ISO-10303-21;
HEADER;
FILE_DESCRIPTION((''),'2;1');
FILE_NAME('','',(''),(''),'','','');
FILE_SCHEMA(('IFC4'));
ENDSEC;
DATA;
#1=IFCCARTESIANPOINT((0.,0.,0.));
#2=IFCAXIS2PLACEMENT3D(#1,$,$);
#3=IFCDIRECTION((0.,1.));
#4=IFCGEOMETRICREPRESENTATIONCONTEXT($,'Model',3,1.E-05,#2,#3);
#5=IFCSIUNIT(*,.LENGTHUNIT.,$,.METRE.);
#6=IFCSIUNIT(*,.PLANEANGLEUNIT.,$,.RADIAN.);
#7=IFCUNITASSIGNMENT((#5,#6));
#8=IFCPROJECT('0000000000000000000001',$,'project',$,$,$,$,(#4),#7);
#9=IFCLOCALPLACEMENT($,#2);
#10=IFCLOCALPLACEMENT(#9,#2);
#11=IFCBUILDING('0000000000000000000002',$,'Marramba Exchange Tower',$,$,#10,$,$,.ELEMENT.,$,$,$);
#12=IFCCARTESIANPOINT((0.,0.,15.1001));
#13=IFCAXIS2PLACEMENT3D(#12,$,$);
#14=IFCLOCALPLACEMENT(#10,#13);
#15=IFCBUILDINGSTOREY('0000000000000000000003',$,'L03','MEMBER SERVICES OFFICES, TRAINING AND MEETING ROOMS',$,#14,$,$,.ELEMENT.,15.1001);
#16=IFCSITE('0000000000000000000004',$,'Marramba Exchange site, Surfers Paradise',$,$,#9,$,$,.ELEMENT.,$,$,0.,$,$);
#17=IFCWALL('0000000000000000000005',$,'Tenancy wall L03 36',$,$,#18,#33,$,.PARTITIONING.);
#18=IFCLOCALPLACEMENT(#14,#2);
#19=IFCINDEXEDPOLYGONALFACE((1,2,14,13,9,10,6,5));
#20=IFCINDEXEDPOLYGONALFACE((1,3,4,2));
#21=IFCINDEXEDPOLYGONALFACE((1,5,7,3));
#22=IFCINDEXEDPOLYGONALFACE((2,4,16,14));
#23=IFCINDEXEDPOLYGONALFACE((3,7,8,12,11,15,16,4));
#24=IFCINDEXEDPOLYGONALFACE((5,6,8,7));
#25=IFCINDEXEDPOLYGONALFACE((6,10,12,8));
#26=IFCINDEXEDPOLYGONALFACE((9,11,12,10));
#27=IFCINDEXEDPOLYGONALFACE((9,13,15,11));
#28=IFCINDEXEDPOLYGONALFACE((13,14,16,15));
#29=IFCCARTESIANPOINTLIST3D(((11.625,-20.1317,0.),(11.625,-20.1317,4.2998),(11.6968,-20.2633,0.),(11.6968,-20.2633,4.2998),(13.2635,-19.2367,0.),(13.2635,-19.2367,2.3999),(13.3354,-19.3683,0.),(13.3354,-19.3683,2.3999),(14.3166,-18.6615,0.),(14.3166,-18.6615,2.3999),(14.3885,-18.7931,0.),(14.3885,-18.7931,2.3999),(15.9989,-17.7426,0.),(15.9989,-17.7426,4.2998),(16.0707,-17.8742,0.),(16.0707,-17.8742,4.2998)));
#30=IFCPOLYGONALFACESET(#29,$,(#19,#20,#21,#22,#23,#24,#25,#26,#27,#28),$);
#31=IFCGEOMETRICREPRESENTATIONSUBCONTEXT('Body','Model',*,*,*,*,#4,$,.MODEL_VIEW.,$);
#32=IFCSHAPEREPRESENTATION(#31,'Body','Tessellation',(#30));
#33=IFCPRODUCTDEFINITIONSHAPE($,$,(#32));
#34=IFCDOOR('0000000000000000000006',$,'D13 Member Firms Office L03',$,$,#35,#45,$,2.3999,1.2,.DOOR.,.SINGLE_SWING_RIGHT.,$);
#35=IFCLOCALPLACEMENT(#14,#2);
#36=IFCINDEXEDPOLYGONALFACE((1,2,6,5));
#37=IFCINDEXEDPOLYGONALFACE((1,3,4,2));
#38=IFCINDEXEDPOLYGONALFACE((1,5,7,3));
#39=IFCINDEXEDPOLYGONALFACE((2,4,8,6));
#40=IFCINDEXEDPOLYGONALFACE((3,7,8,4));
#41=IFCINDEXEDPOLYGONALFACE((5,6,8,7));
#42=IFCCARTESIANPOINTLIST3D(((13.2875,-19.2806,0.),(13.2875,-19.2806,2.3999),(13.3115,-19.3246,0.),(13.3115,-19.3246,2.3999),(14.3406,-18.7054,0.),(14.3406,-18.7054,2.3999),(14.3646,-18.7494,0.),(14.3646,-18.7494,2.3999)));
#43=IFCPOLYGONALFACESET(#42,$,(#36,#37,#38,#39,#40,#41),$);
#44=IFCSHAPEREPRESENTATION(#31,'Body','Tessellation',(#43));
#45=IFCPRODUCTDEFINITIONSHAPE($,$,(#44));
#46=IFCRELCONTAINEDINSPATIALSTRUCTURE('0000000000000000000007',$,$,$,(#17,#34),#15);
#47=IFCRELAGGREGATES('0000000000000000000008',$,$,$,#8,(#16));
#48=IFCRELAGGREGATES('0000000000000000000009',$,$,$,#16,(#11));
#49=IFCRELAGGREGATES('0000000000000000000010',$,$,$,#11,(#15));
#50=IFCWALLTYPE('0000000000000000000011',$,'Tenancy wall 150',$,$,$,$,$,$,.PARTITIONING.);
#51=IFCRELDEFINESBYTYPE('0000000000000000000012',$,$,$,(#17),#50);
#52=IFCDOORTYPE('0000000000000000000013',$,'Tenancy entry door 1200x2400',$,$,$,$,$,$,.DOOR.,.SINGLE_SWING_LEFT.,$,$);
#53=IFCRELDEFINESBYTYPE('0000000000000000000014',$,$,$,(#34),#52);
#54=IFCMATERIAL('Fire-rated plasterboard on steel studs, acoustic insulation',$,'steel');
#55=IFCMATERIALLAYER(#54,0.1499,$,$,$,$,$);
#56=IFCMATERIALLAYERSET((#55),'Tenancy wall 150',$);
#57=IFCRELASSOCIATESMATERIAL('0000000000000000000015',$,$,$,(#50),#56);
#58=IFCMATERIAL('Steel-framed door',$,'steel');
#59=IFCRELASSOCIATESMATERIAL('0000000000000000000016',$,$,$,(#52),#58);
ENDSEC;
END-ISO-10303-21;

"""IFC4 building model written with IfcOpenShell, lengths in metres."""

from ifc_helpers import new_model, si_unit, direction, frame, frame_2d, origin, place, context, subcontext, project, spatial, rectangle, extrude, material, layer, layer_set, type_object, element, fill, save


model = new_model("IFC4")

# Units and contexts
model_context = context("Model", 3, precision=1e-05, world=origin(), true_north=direction((0.0, 1.0)))
body_context = subcontext(model_context, "Body", "Model", "MODEL_VIEW")
ifc_project = project(units=[si_unit("LENGTHUNIT", "METRE"), si_unit("PLANEANGLEUNIT", "RADIAN")], contexts=[model_context])

# Site, building, storey
site_placement = place(None, origin())
site = spatial("IfcSite", under=ifc_project, at=site_placement, Name="Marramba Exchange site, Surfers Paradise", CompositionType="ELEMENT", RefElevation=0.0)
building_placement = place(site_placement, origin())
building = spatial("IfcBuilding", under=site, at=building_placement, Name="Marramba Exchange Tower", CompositionType="ELEMENT")
storey_placement = place(building_placement, frame((0.0, 0.0, 15.1001)))
storey = spatial("IfcBuildingStorey", under=building, at=storey_placement, Name="L03", Description="MEMBER SERVICES OFFICES, TRAINING AND MEETING ROOMS", CompositionType="ELEMENT", Elevation=15.1001)

# Shared definitions
ifc_material_1 = material(Name="Fire-rated plasterboard on steel studs, acoustic insulation", Category="steel")
ifc_layer_1 = layer(ifc_material_1, 0.1499)
ifc_layer_set_1 = layer_set([ifc_layer_1], Name="Tenancy wall 150")
wall_type_1 = type_object("IfcWallType", Name="Tenancy wall 150", PredefinedType="PARTITIONING", material=ifc_layer_set_1)

# Wall, opening, door
wall_1_placement = place(storey_placement, frame((11.6609, -20.1975, 0.0), z_axis=(0.0, 0.0, 1.0), x_axis=(0.877615, 0.479367, 0.0)))
wall_1 = element("IfcWall", 1, at=wall_1_placement, inside=storey, type_object=wall_type_1, Name="Tenancy wall L03 36", PredefinedType="PARTITIONING", context=body_context, shape_type="SweptSolid", body=[
    extrude(rectangle(XDim=4.9839, YDim=0.1499, at=frame_2d((2.4919, 0.0))), origin(), (0.0, 0.0, 1.0), 4.2998),
])
opening_1_placement = place(wall_1_placement, frame((1.8669, 0.0, 0.0)))
opening_1 = element("IfcOpeningElement", 2, at=opening_1_placement, cuts=wall_1, PredefinedType="OPENING", context=body_context, shape_type="SweptSolid", body=[
    extrude(rectangle(XDim=1.2, YDim=2.3999, at=frame_2d((0.6001, 1.2))), frame((0.0, 0.085, 0.0), z_axis=(0.0, -1.0, 0.0), x_axis=(1.0, 0.0, 0.0)), (0.0, 0.0, 1.0), 0.1699),
])
ifc_material_2 = material(Name="Steel-framed door", Category="steel")
door_type_1 = type_object("IfcDoorType", Name="Tenancy entry door 1200x2400", OperationType="SINGLE_SWING_LEFT", PredefinedType="DOOR", material=ifc_material_2)
door_1_placement = place(opening_1_placement, origin())
door_1 = element("IfcDoor", 3, at=door_1_placement, inside=storey, type_object=door_type_1, Name="D13 Member Firms Office L03", OperationType="SINGLE_SWING_RIGHT", OverallHeight=2.3999, OverallWidth=1.2, PredefinedType="DOOR", context=body_context, shape_type="SweptSolid", body=[
    extrude(rectangle(XDim=1.2, YDim=2.3999, at=frame_2d((0.6001, 1.2))), frame((0.0, 0.0249, 0.0), z_axis=(0.0, -1.0, 0.0), x_axis=(1.0, 0.0, 0.0)), (0.0, 0.0, 1.0), 0.05),
])
fill(opening_1, door_1)

save(model, "model.ifc")
